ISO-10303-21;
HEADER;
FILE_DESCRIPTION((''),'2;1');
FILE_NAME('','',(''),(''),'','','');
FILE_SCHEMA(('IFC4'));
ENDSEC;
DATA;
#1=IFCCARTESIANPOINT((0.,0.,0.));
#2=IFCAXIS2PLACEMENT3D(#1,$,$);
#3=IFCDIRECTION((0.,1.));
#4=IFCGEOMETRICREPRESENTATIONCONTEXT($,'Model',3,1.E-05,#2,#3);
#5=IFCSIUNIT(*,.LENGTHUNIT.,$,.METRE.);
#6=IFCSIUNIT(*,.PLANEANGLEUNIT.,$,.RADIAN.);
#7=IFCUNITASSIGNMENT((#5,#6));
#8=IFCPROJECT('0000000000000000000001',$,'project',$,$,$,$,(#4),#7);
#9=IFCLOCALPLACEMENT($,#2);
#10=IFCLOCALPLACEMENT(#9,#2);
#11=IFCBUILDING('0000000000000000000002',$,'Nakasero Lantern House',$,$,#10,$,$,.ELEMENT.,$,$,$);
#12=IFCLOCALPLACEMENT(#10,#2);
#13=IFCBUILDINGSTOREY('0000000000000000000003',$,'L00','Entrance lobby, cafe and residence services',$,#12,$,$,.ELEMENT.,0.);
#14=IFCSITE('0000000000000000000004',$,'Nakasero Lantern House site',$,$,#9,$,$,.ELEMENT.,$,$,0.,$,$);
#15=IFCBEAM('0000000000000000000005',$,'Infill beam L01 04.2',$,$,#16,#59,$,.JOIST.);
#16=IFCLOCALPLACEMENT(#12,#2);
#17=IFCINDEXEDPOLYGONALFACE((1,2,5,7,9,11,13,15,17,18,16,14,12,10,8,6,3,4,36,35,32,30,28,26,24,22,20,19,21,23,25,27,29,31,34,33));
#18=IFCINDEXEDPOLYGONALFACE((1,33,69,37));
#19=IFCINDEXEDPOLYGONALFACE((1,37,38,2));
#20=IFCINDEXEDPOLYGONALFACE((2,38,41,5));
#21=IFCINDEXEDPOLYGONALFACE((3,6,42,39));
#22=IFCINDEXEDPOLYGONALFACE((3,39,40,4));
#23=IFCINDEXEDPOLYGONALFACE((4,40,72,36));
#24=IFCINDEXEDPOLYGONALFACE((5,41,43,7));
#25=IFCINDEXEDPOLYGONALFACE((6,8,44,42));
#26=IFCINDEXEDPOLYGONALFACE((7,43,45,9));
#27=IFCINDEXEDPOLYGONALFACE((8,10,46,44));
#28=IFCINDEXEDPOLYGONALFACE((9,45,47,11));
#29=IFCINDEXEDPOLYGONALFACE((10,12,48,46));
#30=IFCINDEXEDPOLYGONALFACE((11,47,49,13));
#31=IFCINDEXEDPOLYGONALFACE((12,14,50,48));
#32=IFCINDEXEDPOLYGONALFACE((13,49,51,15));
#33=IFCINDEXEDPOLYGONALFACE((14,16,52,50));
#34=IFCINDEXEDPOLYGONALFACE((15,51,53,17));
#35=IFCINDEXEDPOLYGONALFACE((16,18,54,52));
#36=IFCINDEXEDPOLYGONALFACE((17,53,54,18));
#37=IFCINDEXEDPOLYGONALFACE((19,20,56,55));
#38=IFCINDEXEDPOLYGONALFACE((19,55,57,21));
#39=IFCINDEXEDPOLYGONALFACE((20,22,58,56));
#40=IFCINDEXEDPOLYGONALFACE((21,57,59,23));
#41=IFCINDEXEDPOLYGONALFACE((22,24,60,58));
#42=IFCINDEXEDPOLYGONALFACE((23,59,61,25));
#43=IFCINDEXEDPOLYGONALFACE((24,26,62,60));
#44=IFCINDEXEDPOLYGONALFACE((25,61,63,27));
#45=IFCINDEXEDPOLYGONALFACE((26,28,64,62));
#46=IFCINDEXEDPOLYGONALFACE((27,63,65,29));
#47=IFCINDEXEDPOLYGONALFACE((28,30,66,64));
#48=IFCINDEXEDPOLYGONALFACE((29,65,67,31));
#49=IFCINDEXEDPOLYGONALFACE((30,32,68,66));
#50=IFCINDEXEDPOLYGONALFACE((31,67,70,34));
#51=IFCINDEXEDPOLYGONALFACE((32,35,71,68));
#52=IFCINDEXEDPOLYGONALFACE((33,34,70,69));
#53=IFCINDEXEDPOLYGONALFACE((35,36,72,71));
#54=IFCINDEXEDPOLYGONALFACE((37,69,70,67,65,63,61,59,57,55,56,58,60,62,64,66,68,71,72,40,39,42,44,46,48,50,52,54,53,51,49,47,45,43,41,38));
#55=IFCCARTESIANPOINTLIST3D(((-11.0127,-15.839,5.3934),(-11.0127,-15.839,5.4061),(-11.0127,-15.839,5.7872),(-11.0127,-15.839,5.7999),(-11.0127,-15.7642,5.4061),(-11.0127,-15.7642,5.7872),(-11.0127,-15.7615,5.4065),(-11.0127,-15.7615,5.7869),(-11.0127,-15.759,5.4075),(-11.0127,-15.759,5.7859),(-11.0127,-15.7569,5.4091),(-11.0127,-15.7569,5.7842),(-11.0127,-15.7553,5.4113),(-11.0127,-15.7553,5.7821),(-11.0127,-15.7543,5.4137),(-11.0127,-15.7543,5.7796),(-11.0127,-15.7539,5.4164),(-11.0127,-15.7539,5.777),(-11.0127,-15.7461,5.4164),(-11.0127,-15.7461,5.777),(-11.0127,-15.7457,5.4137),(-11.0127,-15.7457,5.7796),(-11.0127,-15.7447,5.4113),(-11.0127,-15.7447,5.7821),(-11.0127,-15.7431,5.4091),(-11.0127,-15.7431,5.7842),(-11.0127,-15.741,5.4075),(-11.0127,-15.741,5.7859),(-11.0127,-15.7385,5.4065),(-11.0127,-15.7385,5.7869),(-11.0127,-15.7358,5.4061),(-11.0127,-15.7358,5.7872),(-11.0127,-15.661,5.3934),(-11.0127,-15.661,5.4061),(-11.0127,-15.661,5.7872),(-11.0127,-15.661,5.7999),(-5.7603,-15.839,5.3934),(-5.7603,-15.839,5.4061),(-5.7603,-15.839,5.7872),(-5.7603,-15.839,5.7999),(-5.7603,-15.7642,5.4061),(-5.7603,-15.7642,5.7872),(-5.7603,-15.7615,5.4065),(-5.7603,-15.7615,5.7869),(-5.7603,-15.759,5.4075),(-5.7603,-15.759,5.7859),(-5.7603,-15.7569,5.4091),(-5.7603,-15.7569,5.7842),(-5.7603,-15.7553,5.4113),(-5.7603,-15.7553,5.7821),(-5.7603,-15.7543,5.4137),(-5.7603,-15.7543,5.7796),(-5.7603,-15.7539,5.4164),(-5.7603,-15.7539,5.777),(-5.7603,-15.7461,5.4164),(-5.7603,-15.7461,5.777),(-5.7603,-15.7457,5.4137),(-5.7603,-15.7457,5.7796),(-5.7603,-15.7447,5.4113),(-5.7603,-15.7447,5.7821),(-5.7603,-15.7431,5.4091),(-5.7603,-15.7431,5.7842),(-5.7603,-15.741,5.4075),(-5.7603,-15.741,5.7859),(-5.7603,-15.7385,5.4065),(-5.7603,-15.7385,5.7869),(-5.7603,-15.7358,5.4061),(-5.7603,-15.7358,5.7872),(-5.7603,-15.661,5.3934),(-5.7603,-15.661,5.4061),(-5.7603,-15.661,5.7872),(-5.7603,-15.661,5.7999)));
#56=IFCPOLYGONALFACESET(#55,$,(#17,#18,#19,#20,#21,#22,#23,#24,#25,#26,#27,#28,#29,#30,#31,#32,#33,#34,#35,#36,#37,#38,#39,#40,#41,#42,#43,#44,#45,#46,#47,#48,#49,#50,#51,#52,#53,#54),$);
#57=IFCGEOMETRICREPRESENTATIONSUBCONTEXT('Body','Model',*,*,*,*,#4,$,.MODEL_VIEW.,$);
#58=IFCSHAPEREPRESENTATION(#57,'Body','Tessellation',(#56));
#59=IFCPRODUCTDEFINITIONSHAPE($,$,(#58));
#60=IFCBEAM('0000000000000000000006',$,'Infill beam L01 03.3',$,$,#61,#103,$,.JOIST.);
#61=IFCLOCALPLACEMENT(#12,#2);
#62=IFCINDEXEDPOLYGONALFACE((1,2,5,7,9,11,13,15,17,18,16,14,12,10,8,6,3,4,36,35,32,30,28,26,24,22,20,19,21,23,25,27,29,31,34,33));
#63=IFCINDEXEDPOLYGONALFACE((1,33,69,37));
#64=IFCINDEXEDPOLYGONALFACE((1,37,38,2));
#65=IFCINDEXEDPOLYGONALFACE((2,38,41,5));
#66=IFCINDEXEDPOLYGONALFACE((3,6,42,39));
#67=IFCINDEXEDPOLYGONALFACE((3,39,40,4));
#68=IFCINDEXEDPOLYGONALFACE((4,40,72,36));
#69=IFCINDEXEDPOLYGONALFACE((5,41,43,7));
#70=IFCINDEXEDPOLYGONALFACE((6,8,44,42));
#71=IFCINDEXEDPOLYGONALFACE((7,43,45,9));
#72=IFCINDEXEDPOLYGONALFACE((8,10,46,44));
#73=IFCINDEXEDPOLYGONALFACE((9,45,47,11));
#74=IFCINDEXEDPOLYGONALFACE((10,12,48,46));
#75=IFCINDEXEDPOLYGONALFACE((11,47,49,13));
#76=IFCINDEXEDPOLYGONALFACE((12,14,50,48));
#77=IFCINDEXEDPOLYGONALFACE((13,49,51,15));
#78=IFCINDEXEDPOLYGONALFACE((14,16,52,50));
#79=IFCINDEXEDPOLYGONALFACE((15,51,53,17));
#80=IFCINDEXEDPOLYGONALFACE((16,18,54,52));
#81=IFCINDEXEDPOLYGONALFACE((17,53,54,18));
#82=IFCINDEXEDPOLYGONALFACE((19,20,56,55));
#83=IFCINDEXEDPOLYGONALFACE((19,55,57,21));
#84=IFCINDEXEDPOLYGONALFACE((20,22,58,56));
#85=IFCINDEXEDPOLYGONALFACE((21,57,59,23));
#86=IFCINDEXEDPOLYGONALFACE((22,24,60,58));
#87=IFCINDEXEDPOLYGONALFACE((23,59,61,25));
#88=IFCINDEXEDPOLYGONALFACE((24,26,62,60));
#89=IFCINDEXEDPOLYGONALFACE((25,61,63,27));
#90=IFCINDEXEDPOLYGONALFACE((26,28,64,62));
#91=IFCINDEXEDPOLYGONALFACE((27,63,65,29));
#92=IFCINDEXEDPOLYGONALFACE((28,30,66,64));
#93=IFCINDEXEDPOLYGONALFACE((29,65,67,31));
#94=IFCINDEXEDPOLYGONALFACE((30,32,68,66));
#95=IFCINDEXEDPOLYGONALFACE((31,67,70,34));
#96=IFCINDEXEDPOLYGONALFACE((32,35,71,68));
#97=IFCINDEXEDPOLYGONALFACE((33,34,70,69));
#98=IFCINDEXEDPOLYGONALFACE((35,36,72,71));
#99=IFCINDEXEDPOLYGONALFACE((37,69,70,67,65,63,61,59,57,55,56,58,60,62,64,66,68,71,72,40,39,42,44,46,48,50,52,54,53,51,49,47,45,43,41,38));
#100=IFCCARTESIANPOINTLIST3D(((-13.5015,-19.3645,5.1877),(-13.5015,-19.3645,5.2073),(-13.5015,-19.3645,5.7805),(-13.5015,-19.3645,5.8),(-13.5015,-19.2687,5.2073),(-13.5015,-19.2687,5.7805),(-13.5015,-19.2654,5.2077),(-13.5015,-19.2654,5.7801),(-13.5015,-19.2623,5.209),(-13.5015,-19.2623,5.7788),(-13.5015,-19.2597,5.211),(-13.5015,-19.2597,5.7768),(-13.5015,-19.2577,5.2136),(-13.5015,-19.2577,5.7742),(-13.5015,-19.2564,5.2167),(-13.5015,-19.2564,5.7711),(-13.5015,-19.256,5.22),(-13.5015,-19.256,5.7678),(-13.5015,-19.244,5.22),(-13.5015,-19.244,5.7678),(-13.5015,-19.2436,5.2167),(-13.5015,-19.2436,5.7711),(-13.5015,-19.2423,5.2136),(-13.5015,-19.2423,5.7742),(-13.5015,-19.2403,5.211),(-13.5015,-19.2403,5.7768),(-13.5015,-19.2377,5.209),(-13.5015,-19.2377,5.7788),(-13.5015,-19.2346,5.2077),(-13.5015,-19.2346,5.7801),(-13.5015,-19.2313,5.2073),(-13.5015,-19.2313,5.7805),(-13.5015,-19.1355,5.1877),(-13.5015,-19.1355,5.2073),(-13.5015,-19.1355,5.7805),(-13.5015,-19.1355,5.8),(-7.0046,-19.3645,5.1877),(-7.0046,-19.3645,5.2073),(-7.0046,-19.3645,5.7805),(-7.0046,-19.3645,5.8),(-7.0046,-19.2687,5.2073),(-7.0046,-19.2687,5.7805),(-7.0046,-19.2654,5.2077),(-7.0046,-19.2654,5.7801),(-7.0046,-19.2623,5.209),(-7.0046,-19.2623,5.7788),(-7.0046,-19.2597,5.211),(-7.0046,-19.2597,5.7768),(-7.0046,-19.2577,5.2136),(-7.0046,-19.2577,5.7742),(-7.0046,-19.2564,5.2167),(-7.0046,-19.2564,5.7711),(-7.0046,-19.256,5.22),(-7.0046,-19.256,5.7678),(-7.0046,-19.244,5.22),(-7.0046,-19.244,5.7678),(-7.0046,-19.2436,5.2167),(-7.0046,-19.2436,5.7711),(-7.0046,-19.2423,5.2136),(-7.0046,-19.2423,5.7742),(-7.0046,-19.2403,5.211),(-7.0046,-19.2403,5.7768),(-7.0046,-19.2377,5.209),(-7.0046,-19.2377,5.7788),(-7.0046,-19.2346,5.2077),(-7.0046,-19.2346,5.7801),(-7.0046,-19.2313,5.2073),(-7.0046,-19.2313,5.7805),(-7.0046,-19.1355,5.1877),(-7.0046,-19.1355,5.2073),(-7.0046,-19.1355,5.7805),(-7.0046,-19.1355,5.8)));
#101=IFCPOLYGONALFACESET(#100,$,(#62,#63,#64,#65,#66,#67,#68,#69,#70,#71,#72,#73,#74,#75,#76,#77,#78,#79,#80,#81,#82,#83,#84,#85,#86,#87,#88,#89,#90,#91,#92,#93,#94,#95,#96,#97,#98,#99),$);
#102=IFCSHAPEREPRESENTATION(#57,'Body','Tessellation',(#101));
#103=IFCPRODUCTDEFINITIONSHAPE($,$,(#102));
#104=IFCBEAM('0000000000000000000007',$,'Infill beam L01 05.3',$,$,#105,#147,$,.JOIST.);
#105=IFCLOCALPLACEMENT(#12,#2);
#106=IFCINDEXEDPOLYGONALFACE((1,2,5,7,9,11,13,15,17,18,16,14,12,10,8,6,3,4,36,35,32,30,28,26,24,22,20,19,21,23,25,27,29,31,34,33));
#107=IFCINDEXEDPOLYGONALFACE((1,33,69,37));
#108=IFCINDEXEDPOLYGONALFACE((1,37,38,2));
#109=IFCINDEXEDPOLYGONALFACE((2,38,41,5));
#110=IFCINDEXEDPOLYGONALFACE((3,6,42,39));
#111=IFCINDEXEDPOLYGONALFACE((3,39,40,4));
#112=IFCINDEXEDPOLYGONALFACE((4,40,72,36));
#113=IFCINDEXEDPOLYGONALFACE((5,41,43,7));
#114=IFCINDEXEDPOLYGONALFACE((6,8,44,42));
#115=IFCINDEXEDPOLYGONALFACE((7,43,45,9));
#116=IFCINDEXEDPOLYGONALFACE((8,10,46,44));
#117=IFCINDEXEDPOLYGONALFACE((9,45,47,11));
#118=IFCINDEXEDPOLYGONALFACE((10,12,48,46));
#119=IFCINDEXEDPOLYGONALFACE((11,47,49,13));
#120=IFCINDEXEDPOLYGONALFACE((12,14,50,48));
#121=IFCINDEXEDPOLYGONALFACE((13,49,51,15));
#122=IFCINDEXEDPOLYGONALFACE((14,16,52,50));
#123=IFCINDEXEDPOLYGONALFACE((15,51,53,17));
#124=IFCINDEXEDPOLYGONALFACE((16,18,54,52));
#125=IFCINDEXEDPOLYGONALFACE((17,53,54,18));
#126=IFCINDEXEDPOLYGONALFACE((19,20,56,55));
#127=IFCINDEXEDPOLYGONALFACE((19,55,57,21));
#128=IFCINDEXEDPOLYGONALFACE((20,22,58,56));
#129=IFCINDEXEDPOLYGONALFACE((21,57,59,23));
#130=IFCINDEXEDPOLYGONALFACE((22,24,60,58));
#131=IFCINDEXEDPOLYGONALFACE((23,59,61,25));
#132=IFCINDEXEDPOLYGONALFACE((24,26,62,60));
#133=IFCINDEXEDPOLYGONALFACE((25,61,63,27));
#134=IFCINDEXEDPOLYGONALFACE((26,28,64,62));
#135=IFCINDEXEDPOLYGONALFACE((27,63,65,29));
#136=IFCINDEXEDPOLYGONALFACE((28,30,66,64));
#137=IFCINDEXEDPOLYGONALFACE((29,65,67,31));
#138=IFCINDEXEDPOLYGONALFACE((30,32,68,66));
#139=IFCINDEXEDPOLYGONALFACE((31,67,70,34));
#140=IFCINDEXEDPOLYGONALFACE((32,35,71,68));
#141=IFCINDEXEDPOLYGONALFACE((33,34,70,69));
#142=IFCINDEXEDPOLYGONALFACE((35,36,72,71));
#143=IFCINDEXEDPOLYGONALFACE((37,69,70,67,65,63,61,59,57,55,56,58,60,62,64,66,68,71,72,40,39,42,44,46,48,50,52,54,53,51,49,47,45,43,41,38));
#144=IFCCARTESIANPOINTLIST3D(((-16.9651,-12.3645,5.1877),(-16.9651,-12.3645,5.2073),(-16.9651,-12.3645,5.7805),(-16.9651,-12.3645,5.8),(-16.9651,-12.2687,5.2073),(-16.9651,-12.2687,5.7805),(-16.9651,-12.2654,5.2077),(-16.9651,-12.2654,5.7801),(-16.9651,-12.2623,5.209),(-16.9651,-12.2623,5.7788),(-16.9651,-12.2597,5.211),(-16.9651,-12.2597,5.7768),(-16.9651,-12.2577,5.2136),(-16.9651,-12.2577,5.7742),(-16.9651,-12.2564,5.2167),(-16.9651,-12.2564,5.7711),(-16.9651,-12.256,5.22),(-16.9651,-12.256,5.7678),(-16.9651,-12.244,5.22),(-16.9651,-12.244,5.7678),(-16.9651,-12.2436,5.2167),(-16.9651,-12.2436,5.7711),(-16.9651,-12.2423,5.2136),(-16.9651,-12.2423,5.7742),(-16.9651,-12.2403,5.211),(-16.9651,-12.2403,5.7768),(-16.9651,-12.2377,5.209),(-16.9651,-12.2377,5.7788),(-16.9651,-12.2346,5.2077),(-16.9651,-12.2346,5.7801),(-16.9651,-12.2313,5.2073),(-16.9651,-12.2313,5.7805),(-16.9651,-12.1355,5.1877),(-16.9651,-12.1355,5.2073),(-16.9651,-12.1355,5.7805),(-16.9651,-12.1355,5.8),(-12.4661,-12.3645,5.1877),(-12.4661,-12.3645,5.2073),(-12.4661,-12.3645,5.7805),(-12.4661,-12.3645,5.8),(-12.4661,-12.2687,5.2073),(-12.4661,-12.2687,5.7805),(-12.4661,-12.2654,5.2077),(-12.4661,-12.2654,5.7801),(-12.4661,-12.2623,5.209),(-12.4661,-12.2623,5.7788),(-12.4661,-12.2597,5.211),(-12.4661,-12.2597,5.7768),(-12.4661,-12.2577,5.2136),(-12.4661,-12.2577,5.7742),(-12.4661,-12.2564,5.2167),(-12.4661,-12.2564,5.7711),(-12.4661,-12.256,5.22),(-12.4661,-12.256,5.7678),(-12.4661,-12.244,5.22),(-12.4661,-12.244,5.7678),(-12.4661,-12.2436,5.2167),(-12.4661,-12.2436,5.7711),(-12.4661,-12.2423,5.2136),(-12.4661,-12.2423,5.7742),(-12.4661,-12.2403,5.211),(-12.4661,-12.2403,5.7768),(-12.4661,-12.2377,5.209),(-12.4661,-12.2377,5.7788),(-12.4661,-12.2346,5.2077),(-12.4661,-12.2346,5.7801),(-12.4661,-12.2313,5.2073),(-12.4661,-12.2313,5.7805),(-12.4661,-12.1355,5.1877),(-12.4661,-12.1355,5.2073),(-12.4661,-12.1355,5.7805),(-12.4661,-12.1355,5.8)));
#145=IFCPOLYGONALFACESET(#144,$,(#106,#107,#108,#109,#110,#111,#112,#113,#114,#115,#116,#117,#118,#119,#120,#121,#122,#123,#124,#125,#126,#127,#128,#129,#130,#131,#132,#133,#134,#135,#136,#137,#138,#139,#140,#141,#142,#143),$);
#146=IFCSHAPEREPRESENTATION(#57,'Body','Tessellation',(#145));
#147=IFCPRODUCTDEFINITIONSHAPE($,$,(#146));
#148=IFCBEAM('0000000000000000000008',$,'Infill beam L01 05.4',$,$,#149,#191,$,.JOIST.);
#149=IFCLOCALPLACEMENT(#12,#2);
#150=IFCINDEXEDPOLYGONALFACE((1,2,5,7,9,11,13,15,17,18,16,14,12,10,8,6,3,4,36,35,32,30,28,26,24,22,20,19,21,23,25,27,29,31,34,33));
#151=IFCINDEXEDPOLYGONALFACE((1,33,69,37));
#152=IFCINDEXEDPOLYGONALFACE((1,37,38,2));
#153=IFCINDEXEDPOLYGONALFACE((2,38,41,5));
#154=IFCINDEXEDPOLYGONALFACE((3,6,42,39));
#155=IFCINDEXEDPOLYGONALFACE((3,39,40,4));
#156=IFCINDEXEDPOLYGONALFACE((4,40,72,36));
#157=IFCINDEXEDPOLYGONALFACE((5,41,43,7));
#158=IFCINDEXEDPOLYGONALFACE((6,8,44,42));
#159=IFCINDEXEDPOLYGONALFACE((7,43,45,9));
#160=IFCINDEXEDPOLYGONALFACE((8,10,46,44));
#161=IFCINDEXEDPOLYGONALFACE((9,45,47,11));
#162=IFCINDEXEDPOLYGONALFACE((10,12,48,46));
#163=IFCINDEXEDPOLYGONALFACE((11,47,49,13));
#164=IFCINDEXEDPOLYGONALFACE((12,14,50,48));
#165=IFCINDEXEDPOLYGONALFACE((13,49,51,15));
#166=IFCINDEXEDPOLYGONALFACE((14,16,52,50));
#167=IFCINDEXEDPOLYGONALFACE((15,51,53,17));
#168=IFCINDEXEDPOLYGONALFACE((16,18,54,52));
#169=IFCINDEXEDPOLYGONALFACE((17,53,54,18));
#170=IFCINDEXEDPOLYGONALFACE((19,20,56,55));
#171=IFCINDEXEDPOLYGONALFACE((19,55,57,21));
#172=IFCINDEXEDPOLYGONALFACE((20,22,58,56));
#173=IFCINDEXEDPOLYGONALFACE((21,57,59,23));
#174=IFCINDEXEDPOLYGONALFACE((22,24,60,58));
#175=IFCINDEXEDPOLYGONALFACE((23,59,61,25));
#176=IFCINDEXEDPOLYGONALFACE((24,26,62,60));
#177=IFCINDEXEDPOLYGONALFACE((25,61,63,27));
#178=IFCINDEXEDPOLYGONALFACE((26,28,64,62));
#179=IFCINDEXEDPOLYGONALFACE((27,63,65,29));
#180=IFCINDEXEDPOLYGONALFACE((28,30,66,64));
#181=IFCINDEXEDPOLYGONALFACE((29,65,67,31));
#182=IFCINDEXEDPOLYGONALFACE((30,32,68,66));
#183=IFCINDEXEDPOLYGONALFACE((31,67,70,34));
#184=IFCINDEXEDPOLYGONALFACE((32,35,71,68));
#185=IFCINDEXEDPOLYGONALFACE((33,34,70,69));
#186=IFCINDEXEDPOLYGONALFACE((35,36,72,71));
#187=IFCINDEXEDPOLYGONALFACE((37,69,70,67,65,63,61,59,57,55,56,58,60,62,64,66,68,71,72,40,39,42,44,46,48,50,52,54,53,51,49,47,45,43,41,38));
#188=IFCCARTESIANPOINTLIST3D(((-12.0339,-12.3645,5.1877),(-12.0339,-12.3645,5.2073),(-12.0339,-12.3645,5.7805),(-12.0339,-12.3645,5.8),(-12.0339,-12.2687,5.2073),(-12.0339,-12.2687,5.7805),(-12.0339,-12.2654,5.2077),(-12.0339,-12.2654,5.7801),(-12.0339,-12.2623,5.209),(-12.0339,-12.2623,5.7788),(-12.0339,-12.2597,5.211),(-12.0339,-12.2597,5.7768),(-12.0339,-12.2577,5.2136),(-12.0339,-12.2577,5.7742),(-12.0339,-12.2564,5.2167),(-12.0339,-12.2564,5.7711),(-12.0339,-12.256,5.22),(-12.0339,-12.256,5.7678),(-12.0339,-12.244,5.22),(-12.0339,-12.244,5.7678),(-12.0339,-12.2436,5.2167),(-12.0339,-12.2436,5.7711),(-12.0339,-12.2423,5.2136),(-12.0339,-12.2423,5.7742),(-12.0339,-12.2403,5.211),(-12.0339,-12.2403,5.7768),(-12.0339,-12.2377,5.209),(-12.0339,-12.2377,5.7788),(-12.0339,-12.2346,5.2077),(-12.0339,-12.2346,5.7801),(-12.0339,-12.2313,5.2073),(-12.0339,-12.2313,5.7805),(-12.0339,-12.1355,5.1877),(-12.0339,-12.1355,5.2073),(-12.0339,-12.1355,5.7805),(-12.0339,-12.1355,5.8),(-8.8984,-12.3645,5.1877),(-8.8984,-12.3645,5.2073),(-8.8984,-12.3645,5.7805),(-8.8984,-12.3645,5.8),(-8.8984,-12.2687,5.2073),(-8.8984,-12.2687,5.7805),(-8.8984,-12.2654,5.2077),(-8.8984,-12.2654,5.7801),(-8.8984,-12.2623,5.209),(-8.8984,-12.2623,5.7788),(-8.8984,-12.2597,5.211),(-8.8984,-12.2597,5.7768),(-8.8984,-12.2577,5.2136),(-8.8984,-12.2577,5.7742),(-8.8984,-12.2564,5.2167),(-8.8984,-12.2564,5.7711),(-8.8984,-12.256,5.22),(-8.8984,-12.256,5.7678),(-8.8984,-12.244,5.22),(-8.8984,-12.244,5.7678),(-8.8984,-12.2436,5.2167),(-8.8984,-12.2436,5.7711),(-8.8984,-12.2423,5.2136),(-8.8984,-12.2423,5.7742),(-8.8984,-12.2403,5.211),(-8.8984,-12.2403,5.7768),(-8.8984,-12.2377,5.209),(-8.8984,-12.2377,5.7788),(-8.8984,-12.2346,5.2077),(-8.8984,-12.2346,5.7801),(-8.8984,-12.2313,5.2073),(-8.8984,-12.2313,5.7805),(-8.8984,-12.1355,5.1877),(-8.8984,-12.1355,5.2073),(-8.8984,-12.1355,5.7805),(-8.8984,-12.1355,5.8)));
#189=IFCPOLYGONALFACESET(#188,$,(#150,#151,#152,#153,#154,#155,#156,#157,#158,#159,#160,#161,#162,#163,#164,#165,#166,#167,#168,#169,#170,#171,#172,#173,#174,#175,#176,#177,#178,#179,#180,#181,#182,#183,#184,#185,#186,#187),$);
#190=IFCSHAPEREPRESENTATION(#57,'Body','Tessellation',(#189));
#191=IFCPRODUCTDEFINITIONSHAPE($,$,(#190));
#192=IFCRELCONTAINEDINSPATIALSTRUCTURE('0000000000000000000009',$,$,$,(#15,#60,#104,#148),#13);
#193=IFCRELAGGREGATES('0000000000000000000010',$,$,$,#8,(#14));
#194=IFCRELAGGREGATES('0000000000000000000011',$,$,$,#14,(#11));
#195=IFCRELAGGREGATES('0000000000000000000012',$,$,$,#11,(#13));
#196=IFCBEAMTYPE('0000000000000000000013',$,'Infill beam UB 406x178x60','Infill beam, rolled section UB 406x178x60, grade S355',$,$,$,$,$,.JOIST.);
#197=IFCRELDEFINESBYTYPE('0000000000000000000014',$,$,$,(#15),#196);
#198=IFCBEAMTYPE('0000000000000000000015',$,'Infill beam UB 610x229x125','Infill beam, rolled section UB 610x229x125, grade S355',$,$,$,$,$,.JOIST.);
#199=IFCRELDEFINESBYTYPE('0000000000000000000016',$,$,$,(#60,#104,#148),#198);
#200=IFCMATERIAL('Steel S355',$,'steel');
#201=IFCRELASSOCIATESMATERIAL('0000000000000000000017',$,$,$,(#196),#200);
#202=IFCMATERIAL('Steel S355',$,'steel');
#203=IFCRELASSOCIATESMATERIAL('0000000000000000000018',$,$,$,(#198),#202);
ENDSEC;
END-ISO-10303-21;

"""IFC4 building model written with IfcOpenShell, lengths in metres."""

from ifc_helpers import new_model, si_unit, direction, frame, origin, origin_2d, place, context, subcontext, project, spatial, i_section, extrude, material, material_profile, profile_set, type_object, element, save


model = new_model("IFC4")

# Units and contexts
model_context = context("Model", 3, precision=1e-05, world=origin(), true_north=direction((0.0, 1.0)))
body_context = subcontext(model_context, "Body", "Model", "MODEL_VIEW")
ifc_project = project(units=[si_unit("LENGTHUNIT", "METRE"), si_unit("PLANEANGLEUNIT", "RADIAN")], contexts=[model_context])

# Site, building, storey
site_placement = place(None, origin())
site = spatial("IfcSite", under=ifc_project, at=site_placement, Name="Nakasero Lantern House site", CompositionType="ELEMENT", RefElevation=0.0)
building_placement = place(site_placement, origin())
building = spatial("IfcBuilding", under=site, at=building_placement, Name="Nakasero Lantern House", CompositionType="ELEMENT")
storey_placement = place(building_placement, origin())
storey = spatial("IfcBuildingStorey", under=building, at=storey_placement, Name="L00", Description="Entrance lobby, cafe and residence services", CompositionType="ELEMENT", Elevation=0.0)

# Beams
ifc_material_1 = material(Name="Steel S355", Category="steel")
ifc_material_profile_1 = material_profile(ifc_material_1, i_section(OverallWidth=0.178, OverallDepth=0.4065, WebThickness=0.0078, FlangeThickness=0.0127, FilletRadius=0.0103, at=origin_2d()), Name="UB 406x178x60")
ifc_profile_set_1 = profile_set([ifc_material_profile_1], Name="Steel S355")
beam_type_1 = type_object("IfcBeamType", Name="Infill beam UB 406x178x60", Description="Infill beam, rolled section UB 406x178x60, grade S355", PredefinedType="JOIST", material=ifc_profile_set_1)
beam_1_placement = place(storey_placement, frame((-11.0127, -15.75, 5.5967), z_axis=(1.0, 0.0, 0.0), x_axis=(0.0, 1.0, 0.0)))
element("IfcBeam", 1, at=beam_1_placement, inside=storey, type_object=beam_type_1, Name="Infill beam L01 04.2", PredefinedType="JOIST", context=body_context, shape_type="SweptSolid", body=[
    extrude(i_section(OverallWidth=0.178, OverallDepth=0.4065, WebThickness=0.0078, FlangeThickness=0.0127, FilletRadius=0.0103, at=origin_2d()), origin(), (0.0, 0.0, 1.0), 5.2524),
])
ifc_material_2 = material(Name="Steel S355", Category="steel")
ifc_material_profile_2 = material_profile(ifc_material_2, i_section(OverallWidth=0.229, OverallDepth=0.6123, WebThickness=0.012, FlangeThickness=0.0195, FilletRadius=0.0127, at=origin_2d()), Name="UB 610x229x125")
ifc_profile_set_2 = profile_set([ifc_material_profile_2], Name="Steel S355")
beam_type_2 = type_object("IfcBeamType", Name="Infill beam UB 610x229x125", Description="Infill beam, rolled section UB 610x229x125, grade S355", PredefinedType="JOIST", material=ifc_profile_set_2)
beam_2_placement = place(storey_placement, frame((-13.5015, -19.25, 5.4939), z_axis=(1.0, 0.0, 0.0), x_axis=(0.0, 1.0, 0.0)))
element("IfcBeam", 2, at=beam_2_placement, inside=storey, type_object=beam_type_2, Name="Infill beam L01 03.3", PredefinedType="JOIST", context=body_context, shape_type="SweptSolid", body=[
    extrude(i_section(OverallWidth=0.229, OverallDepth=0.6123, WebThickness=0.012, FlangeThickness=0.0195, FilletRadius=0.0127, at=origin_2d()), origin(), (0.0, 0.0, 1.0), 6.4968),
])
beam_3_placement = place(storey_placement, frame((-16.9651, -12.25, 5.4939), z_axis=(1.0, 0.0, 0.0), x_axis=(0.0, 1.0, 0.0)))
element("IfcBeam", 3, at=beam_3_placement, inside=storey, type_object=beam_type_2, Name="Infill beam L01 05.3", PredefinedType="JOIST", context=body_context, shape_type="SweptSolid", body=[
    extrude(i_section(OverallWidth=0.229, OverallDepth=0.6123, WebThickness=0.012, FlangeThickness=0.0195, FilletRadius=0.0127, at=origin_2d()), origin(), (0.0, 0.0, 1.0), 4.499),
])
beam_4_placement = place(storey_placement, frame((-12.0339, -12.25, 5.4939), z_axis=(1.0, 0.0, 0.0), x_axis=(0.0, 1.0, 0.0)))
element("IfcBeam", 4, at=beam_4_placement, inside=storey, type_object=beam_type_2, Name="Infill beam L01 05.4", PredefinedType="JOIST", context=body_context, shape_type="SweptSolid", body=[
    extrude(i_section(OverallWidth=0.229, OverallDepth=0.6123, WebThickness=0.012, FlangeThickness=0.0195, FilletRadius=0.0127, at=origin_2d()), origin(), (0.0, 0.0, 1.0), 3.1355),
])

save(model, "model.ifc")
